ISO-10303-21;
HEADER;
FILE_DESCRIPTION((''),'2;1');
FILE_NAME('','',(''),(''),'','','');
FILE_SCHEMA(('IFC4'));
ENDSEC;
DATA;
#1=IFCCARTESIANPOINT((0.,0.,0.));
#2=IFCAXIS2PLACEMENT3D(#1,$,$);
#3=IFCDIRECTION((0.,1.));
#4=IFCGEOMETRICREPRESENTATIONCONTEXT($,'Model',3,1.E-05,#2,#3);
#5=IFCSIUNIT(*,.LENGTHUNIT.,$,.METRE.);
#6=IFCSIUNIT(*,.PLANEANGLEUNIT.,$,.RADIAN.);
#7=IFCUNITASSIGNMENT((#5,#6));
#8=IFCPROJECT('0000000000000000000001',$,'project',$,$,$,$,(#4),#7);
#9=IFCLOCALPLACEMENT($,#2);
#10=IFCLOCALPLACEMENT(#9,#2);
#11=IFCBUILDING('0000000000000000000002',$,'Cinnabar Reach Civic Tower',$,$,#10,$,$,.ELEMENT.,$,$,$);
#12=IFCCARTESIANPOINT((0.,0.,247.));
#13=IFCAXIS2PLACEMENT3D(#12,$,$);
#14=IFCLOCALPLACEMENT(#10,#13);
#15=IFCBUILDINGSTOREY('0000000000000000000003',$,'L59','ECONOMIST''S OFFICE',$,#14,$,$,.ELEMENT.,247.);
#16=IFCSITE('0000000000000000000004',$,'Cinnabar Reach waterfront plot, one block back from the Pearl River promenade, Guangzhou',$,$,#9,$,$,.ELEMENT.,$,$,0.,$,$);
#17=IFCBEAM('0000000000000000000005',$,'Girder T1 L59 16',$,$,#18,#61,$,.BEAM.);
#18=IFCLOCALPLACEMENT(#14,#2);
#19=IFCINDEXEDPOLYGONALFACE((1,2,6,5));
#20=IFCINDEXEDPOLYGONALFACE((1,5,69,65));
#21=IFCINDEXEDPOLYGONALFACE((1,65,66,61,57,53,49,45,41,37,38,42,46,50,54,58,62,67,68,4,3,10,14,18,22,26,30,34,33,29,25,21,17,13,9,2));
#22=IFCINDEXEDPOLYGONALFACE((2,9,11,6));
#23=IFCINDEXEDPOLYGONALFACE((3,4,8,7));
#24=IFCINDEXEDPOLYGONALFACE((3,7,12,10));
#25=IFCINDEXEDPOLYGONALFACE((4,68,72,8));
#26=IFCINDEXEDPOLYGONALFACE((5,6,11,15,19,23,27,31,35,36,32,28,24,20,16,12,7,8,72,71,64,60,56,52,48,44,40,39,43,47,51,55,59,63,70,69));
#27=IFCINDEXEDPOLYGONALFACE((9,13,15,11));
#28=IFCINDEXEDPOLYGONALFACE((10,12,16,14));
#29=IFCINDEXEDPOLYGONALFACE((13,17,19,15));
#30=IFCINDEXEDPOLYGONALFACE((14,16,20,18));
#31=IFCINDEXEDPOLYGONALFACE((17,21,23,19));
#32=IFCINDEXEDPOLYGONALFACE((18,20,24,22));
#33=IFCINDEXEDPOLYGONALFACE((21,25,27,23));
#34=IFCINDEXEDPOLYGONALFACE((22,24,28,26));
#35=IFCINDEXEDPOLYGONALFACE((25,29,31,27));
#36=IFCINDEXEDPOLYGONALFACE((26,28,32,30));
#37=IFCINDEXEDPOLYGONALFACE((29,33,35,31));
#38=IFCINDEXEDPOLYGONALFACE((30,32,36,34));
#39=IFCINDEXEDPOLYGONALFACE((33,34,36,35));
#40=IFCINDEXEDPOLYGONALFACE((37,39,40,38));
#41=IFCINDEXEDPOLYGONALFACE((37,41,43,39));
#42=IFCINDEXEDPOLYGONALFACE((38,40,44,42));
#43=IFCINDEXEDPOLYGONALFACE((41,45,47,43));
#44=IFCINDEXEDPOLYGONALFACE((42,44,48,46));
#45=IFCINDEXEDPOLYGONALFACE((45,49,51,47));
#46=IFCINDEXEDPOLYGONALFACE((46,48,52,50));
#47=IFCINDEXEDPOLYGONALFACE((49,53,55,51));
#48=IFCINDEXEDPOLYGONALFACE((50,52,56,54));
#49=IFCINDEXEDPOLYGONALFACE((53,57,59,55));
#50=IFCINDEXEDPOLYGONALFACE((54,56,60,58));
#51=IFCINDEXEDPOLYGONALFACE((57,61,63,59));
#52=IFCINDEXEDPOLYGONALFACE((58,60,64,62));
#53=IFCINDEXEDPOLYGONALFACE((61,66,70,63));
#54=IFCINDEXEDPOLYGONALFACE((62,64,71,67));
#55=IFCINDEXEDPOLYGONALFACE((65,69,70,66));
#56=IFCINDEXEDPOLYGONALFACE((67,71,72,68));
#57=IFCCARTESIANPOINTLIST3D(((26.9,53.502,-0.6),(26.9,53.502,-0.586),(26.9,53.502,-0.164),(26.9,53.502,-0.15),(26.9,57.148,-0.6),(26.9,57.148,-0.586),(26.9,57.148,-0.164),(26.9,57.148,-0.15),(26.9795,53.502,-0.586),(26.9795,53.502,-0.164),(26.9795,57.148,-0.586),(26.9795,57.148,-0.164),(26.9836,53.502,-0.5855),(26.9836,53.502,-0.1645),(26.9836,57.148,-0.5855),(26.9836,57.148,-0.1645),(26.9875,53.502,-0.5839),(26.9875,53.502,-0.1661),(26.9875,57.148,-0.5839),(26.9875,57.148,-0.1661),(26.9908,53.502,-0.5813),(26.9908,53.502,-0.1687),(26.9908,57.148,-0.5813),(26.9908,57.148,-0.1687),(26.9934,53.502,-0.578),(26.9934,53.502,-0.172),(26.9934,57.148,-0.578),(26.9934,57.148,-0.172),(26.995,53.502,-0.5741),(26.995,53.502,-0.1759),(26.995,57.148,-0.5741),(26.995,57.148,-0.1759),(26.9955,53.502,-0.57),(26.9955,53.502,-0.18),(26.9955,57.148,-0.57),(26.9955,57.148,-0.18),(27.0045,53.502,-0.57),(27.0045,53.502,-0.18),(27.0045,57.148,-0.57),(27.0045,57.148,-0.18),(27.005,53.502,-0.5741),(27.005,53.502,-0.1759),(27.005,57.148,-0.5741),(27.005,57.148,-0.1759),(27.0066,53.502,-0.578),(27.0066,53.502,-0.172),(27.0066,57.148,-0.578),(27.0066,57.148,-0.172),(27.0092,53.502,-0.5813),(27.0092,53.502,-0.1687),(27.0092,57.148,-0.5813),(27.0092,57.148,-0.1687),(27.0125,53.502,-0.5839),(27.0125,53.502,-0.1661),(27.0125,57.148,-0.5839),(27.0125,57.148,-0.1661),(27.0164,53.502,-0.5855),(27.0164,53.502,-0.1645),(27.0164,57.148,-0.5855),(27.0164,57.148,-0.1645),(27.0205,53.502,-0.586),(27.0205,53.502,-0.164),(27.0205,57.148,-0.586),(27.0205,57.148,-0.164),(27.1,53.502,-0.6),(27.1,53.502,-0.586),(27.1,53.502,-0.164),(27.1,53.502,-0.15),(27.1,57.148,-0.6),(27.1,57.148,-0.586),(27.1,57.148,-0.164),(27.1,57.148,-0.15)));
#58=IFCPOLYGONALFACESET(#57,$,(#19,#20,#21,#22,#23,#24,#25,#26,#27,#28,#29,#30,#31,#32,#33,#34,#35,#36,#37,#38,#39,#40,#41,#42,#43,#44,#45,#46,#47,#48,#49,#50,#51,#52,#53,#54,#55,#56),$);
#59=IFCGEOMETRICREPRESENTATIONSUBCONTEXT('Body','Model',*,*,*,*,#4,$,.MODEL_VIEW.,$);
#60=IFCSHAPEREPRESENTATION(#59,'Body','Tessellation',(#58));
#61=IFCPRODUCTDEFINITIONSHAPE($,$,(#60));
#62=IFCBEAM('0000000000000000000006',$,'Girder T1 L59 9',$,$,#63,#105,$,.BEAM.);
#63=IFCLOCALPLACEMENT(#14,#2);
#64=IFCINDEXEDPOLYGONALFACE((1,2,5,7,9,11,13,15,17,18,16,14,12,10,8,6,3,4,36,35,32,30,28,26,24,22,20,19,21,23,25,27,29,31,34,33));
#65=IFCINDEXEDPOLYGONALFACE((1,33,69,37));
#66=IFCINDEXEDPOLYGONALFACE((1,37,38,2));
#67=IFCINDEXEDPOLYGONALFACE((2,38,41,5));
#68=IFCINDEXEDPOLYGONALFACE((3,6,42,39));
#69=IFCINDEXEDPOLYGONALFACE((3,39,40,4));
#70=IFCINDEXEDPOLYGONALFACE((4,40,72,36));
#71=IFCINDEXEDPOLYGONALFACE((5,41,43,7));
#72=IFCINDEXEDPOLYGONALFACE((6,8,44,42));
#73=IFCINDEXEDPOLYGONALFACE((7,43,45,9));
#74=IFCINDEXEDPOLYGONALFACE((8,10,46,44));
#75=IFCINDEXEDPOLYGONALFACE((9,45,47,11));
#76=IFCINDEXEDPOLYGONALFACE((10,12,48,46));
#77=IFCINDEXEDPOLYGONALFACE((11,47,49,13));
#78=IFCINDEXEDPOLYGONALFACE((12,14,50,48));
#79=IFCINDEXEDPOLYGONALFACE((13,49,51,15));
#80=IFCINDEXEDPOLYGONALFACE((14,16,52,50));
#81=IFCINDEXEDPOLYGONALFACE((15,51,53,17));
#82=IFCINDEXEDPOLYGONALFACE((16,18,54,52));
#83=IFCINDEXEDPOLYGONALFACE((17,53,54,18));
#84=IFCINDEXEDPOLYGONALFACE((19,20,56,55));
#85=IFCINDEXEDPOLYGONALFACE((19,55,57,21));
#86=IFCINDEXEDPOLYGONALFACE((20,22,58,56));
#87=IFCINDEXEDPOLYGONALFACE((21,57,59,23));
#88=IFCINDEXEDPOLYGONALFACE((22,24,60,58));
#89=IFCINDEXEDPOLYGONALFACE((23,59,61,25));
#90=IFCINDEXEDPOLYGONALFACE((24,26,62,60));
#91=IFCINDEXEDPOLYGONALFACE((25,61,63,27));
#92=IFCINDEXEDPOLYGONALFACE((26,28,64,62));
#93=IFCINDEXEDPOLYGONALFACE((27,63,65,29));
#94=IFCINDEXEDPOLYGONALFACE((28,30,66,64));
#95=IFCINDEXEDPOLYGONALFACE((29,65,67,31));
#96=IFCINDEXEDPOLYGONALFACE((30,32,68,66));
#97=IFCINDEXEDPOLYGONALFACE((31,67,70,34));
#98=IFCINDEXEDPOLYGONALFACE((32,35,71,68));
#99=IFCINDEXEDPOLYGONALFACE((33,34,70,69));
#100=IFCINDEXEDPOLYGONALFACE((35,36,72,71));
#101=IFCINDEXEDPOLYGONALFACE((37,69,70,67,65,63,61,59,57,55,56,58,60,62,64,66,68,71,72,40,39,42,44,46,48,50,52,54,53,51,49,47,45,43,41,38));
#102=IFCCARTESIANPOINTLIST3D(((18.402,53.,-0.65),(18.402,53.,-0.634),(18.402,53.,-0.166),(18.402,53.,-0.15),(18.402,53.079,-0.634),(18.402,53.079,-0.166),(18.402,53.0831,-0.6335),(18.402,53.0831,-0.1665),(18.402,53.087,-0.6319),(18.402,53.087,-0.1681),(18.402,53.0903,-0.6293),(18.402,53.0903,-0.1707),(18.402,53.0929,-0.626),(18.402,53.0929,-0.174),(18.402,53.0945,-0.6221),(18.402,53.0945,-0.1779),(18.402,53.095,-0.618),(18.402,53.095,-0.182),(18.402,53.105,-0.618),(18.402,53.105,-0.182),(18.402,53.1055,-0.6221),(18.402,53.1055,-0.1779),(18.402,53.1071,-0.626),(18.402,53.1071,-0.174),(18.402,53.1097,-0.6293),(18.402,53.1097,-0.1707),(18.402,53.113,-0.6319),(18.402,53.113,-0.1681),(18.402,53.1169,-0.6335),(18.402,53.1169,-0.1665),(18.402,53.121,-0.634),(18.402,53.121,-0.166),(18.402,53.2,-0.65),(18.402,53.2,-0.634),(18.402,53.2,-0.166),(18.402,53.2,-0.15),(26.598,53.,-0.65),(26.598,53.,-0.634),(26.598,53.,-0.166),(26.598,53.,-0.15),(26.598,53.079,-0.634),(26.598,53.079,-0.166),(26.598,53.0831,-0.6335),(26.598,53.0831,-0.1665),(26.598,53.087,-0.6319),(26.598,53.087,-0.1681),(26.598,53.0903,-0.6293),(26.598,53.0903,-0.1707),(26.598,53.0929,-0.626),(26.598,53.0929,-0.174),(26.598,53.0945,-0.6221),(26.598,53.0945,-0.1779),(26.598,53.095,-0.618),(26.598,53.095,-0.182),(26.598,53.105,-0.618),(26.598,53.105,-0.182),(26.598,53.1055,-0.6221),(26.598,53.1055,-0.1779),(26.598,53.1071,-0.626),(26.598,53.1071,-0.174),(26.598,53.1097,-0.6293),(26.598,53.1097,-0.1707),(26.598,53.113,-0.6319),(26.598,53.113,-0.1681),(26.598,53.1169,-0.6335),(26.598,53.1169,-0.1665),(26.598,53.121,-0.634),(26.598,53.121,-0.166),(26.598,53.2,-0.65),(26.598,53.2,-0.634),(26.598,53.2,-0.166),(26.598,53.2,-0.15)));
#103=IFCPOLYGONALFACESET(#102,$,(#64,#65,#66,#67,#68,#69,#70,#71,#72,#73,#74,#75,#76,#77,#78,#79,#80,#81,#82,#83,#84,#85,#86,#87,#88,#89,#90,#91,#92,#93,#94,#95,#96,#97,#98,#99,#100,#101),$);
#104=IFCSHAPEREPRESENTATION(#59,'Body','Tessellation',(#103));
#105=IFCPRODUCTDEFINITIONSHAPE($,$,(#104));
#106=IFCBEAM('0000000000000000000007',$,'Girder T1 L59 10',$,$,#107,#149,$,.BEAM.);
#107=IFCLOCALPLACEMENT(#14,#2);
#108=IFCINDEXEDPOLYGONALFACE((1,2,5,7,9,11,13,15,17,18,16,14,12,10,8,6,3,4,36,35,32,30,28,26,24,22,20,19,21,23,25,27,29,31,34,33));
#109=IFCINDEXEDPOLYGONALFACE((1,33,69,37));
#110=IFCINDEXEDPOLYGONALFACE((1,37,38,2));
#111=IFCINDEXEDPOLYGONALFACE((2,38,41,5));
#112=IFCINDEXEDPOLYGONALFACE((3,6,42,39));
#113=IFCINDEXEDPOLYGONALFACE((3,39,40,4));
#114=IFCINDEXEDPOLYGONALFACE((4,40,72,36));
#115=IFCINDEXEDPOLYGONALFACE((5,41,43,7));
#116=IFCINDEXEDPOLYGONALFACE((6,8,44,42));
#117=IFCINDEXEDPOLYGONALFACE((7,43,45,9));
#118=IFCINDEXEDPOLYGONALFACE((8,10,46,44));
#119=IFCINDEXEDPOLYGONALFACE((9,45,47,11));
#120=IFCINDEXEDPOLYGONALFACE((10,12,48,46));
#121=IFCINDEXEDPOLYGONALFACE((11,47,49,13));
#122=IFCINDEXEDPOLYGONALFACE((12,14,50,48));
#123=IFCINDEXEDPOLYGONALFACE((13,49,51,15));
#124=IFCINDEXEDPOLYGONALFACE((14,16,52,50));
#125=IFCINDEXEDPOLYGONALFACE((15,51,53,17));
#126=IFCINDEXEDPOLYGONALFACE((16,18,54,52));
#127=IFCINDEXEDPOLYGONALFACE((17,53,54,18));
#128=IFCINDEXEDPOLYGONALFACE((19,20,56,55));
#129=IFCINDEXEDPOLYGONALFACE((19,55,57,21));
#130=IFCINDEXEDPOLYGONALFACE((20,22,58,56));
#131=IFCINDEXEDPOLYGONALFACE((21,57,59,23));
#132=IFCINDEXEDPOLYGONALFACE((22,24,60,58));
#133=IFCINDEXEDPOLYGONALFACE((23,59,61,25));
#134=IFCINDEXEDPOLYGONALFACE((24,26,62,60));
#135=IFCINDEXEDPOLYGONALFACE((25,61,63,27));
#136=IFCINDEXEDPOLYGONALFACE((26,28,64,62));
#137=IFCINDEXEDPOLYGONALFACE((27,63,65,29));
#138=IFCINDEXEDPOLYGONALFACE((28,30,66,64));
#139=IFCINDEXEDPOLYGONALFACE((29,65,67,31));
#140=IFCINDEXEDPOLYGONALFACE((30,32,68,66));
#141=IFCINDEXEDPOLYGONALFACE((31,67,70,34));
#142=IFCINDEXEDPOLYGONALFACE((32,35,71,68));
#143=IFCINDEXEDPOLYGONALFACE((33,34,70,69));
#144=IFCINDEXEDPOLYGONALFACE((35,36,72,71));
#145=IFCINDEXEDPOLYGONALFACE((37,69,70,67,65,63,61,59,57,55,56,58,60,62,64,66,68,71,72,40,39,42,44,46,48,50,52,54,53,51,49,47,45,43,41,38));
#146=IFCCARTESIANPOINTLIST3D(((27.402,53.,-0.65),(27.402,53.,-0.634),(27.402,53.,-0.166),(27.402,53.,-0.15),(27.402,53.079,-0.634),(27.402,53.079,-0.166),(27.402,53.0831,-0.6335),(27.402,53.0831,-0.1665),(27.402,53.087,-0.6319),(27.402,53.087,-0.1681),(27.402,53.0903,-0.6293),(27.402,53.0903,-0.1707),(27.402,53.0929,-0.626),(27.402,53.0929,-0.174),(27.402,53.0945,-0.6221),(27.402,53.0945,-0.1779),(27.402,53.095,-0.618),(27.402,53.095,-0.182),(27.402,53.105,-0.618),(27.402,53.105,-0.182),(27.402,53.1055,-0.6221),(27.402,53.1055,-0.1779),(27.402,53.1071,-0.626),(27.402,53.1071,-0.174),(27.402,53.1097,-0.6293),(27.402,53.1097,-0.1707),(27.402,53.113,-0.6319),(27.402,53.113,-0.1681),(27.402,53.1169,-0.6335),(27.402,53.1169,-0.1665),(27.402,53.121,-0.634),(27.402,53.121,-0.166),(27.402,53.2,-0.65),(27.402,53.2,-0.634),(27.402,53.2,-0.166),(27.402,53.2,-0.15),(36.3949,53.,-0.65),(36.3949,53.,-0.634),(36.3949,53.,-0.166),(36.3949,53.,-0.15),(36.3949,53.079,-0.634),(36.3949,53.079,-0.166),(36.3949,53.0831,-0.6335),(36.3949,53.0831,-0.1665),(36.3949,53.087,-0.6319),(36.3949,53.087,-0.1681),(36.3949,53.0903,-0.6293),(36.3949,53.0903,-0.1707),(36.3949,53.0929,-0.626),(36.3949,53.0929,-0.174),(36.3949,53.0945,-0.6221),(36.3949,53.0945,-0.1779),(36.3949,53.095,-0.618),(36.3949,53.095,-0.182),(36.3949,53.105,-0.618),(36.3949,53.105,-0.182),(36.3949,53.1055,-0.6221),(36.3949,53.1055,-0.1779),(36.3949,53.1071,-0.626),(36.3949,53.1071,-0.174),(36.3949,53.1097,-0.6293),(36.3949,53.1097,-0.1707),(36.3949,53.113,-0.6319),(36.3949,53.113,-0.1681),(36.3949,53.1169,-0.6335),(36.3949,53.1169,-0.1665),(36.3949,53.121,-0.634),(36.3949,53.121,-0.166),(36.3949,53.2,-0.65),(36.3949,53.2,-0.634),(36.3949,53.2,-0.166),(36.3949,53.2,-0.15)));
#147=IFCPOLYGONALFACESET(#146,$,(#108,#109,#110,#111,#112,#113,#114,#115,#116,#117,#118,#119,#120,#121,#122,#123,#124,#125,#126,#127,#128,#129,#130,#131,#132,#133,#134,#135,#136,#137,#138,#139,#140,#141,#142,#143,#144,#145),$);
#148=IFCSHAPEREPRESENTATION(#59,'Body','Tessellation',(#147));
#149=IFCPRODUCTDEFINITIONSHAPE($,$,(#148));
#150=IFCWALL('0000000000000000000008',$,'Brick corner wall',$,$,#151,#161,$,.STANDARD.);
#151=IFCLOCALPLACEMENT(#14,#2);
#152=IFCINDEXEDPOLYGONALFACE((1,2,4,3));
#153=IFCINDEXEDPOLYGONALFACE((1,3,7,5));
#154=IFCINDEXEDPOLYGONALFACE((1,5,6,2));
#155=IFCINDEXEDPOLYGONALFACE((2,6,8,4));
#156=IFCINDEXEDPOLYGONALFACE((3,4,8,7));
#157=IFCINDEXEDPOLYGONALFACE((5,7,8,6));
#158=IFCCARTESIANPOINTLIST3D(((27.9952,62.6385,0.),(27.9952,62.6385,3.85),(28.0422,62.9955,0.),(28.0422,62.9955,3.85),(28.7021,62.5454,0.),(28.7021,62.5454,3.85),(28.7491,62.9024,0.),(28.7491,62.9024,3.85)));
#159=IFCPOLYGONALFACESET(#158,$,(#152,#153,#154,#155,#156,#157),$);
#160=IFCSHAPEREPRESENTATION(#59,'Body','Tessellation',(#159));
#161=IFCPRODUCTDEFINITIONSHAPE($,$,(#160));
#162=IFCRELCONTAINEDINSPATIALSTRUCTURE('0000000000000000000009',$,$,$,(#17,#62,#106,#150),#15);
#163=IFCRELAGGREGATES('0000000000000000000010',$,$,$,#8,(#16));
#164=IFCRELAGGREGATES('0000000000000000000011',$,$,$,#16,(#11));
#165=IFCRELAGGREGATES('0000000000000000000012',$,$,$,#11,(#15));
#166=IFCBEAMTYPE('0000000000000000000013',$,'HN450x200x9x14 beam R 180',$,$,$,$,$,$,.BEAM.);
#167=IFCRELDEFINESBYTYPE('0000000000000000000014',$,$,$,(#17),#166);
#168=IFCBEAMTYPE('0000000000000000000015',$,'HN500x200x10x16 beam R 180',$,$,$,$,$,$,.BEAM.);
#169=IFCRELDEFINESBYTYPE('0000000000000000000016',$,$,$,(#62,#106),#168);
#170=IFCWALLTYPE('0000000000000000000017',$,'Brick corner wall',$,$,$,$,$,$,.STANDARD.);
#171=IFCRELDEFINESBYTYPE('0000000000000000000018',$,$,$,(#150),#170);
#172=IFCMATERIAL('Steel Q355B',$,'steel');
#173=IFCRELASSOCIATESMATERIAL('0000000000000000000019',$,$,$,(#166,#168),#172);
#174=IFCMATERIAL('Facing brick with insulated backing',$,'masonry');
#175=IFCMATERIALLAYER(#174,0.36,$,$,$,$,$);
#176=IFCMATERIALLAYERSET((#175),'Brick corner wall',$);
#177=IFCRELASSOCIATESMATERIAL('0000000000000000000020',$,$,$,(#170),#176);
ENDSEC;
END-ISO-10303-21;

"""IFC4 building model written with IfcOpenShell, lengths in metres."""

from ifc_helpers import new_model, si_unit, direction, frame, frame_2d, origin, origin_2d, place, context, subcontext, project, spatial, rectangle, i_section, extrude, material, layer, layer_set, material_profile, profile_set, type_object, element, save


model = new_model("IFC4")

# Units and contexts
model_context = context("Model", 3, precision=1e-05, world=origin(), true_north=direction((0.0, 1.0)))
body_context = subcontext(model_context, "Body", "Model", "MODEL_VIEW")
ifc_project = project(units=[si_unit("LENGTHUNIT", "METRE"), si_unit("PLANEANGLEUNIT", "RADIAN")], contexts=[model_context])

# Site, building, storey
site_placement = place(None, origin())
site = spatial("IfcSite", under=ifc_project, at=site_placement, Name="Cinnabar Reach waterfront plot, one block back from the Pearl River promenade, Guangzhou", CompositionType="ELEMENT", RefElevation=0.0)
building_placement = place(site_placement, origin())
building = spatial("IfcBuilding", under=site, at=building_placement, Name="Cinnabar Reach Civic Tower", CompositionType="ELEMENT")
storey_placement = place(building_placement, frame((0.0, 0.0, 247.0)))
storey = spatial("IfcBuildingStorey", under=building, at=storey_placement, Name="L59", Description="ECONOMIST'S OFFICE", CompositionType="ELEMENT", Elevation=247.0)

# Beams
ifc_material_1 = material(Name="Steel Q355B", Category="steel")
ifc_material_profile_1 = material_profile(ifc_material_1, i_section(OverallWidth=0.2, OverallDepth=0.45, WebThickness=0.009, FlangeThickness=0.014, FilletRadius=0.016, at=origin_2d()), Name="HN450x200x9x14")
ifc_profile_set_1 = profile_set([ifc_material_profile_1], Name="Steel Q355B")
beam_type_1 = type_object("IfcBeamType", Name="HN450x200x9x14 beam R 180", PredefinedType="BEAM", material=ifc_profile_set_1)
for number, where, z_axis, x_axis, name in (
    (1, (27.0, 53.502, -0.375), (0.0, 1.0, 0.0), (-1.0, 0.0, 0.0), "Girder T1 L59 16"),
):
    element("IfcBeam", number, at=place(storey_placement, frame(where, z_axis=z_axis, x_axis=x_axis)), inside=storey, type_object=beam_type_1, Name=name, PredefinedType="BEAM", context=body_context, shape_type="SweptSolid", body=[
        extrude(i_section(OverallWidth=0.2, OverallDepth=0.45, WebThickness=0.009, FlangeThickness=0.014, FilletRadius=0.016, at=origin_2d()), origin(), (0.0, 0.0, 1.0), 3.646),
    ])
ifc_material_profile_2 = material_profile(ifc_material_1, i_section(OverallWidth=0.2, OverallDepth=0.5, WebThickness=0.01, FlangeThickness=0.016, FilletRadius=0.016, at=origin_2d()), Name="HN500x200x10x16")
ifc_profile_set_2 = profile_set([ifc_material_profile_2], Name="Steel Q355B")
beam_type_2 = type_object("IfcBeamType", Name="HN500x200x10x16 beam R 180", PredefinedType="BEAM", material=ifc_profile_set_2)
beam_1_placement = place(storey_placement, frame((18.402, 53.1, -0.4), z_axis=(1.0, 0.0, 0.0), x_axis=(0.0, 1.0, 0.0)))
element("IfcBeam", 2, at=beam_1_placement, inside=storey, type_object=beam_type_2, Name="Girder T1 L59 9", PredefinedType="BEAM", context=body_context, shape_type="SweptSolid", body=[
    extrude(i_section(OverallWidth=0.2, OverallDepth=0.5, WebThickness=0.01, FlangeThickness=0.016, FilletRadius=0.016, at=origin_2d()), origin(), (0.0, 0.0, 1.0), 8.196),
])
beam_2_placement = place(storey_placement, frame((27.402, 53.1, -0.4), z_axis=(1.0, 0.0, 0.0), x_axis=(0.0, 1.0, 0.0)))
element("IfcBeam", 3, at=beam_2_placement, inside=storey, type_object=beam_type_2, Name="Girder T1 L59 10", PredefinedType="BEAM", context=body_context, shape_type="SweptSolid", body=[
    extrude(i_section(OverallWidth=0.2, OverallDepth=0.5, WebThickness=0.01, FlangeThickness=0.016, FilletRadius=0.016, at=origin_2d()), origin(), (0.0, 0.0, 1.0), 8.9929),
])

# Wall
ifc_material_2 = material(Name="Facing brick with insulated backing", Category="masonry")
ifc_layer_1 = layer(ifc_material_2, 0.36)
ifc_layer_set_1 = layer_set([ifc_layer_1], Name="Brick corner wall")
wall_type_1 = type_object("IfcWallType", Name="Brick corner wall", PredefinedType="STANDARD", material=ifc_layer_set_1)
wall_1_placement = place(storey_placement, frame((28.7256, 62.7239, 0.0), z_axis=(0.0, 0.0, 1.0), x_axis=(-0.991441, 0.130556, 0.0)))
element("IfcWall", 4, at=wall_1_placement, inside=storey, type_object=wall_type_1, Name="Brick corner wall", PredefinedType="STANDARD", context=body_context, shape_type="SweptSolid", body=[
    extrude(rectangle(XDim=0.7131, YDim=0.36, at=frame_2d((0.3565, 0.0))), origin(), (0.0, 0.0, 1.0), 3.85),
])

save(model, "model.ifc")
